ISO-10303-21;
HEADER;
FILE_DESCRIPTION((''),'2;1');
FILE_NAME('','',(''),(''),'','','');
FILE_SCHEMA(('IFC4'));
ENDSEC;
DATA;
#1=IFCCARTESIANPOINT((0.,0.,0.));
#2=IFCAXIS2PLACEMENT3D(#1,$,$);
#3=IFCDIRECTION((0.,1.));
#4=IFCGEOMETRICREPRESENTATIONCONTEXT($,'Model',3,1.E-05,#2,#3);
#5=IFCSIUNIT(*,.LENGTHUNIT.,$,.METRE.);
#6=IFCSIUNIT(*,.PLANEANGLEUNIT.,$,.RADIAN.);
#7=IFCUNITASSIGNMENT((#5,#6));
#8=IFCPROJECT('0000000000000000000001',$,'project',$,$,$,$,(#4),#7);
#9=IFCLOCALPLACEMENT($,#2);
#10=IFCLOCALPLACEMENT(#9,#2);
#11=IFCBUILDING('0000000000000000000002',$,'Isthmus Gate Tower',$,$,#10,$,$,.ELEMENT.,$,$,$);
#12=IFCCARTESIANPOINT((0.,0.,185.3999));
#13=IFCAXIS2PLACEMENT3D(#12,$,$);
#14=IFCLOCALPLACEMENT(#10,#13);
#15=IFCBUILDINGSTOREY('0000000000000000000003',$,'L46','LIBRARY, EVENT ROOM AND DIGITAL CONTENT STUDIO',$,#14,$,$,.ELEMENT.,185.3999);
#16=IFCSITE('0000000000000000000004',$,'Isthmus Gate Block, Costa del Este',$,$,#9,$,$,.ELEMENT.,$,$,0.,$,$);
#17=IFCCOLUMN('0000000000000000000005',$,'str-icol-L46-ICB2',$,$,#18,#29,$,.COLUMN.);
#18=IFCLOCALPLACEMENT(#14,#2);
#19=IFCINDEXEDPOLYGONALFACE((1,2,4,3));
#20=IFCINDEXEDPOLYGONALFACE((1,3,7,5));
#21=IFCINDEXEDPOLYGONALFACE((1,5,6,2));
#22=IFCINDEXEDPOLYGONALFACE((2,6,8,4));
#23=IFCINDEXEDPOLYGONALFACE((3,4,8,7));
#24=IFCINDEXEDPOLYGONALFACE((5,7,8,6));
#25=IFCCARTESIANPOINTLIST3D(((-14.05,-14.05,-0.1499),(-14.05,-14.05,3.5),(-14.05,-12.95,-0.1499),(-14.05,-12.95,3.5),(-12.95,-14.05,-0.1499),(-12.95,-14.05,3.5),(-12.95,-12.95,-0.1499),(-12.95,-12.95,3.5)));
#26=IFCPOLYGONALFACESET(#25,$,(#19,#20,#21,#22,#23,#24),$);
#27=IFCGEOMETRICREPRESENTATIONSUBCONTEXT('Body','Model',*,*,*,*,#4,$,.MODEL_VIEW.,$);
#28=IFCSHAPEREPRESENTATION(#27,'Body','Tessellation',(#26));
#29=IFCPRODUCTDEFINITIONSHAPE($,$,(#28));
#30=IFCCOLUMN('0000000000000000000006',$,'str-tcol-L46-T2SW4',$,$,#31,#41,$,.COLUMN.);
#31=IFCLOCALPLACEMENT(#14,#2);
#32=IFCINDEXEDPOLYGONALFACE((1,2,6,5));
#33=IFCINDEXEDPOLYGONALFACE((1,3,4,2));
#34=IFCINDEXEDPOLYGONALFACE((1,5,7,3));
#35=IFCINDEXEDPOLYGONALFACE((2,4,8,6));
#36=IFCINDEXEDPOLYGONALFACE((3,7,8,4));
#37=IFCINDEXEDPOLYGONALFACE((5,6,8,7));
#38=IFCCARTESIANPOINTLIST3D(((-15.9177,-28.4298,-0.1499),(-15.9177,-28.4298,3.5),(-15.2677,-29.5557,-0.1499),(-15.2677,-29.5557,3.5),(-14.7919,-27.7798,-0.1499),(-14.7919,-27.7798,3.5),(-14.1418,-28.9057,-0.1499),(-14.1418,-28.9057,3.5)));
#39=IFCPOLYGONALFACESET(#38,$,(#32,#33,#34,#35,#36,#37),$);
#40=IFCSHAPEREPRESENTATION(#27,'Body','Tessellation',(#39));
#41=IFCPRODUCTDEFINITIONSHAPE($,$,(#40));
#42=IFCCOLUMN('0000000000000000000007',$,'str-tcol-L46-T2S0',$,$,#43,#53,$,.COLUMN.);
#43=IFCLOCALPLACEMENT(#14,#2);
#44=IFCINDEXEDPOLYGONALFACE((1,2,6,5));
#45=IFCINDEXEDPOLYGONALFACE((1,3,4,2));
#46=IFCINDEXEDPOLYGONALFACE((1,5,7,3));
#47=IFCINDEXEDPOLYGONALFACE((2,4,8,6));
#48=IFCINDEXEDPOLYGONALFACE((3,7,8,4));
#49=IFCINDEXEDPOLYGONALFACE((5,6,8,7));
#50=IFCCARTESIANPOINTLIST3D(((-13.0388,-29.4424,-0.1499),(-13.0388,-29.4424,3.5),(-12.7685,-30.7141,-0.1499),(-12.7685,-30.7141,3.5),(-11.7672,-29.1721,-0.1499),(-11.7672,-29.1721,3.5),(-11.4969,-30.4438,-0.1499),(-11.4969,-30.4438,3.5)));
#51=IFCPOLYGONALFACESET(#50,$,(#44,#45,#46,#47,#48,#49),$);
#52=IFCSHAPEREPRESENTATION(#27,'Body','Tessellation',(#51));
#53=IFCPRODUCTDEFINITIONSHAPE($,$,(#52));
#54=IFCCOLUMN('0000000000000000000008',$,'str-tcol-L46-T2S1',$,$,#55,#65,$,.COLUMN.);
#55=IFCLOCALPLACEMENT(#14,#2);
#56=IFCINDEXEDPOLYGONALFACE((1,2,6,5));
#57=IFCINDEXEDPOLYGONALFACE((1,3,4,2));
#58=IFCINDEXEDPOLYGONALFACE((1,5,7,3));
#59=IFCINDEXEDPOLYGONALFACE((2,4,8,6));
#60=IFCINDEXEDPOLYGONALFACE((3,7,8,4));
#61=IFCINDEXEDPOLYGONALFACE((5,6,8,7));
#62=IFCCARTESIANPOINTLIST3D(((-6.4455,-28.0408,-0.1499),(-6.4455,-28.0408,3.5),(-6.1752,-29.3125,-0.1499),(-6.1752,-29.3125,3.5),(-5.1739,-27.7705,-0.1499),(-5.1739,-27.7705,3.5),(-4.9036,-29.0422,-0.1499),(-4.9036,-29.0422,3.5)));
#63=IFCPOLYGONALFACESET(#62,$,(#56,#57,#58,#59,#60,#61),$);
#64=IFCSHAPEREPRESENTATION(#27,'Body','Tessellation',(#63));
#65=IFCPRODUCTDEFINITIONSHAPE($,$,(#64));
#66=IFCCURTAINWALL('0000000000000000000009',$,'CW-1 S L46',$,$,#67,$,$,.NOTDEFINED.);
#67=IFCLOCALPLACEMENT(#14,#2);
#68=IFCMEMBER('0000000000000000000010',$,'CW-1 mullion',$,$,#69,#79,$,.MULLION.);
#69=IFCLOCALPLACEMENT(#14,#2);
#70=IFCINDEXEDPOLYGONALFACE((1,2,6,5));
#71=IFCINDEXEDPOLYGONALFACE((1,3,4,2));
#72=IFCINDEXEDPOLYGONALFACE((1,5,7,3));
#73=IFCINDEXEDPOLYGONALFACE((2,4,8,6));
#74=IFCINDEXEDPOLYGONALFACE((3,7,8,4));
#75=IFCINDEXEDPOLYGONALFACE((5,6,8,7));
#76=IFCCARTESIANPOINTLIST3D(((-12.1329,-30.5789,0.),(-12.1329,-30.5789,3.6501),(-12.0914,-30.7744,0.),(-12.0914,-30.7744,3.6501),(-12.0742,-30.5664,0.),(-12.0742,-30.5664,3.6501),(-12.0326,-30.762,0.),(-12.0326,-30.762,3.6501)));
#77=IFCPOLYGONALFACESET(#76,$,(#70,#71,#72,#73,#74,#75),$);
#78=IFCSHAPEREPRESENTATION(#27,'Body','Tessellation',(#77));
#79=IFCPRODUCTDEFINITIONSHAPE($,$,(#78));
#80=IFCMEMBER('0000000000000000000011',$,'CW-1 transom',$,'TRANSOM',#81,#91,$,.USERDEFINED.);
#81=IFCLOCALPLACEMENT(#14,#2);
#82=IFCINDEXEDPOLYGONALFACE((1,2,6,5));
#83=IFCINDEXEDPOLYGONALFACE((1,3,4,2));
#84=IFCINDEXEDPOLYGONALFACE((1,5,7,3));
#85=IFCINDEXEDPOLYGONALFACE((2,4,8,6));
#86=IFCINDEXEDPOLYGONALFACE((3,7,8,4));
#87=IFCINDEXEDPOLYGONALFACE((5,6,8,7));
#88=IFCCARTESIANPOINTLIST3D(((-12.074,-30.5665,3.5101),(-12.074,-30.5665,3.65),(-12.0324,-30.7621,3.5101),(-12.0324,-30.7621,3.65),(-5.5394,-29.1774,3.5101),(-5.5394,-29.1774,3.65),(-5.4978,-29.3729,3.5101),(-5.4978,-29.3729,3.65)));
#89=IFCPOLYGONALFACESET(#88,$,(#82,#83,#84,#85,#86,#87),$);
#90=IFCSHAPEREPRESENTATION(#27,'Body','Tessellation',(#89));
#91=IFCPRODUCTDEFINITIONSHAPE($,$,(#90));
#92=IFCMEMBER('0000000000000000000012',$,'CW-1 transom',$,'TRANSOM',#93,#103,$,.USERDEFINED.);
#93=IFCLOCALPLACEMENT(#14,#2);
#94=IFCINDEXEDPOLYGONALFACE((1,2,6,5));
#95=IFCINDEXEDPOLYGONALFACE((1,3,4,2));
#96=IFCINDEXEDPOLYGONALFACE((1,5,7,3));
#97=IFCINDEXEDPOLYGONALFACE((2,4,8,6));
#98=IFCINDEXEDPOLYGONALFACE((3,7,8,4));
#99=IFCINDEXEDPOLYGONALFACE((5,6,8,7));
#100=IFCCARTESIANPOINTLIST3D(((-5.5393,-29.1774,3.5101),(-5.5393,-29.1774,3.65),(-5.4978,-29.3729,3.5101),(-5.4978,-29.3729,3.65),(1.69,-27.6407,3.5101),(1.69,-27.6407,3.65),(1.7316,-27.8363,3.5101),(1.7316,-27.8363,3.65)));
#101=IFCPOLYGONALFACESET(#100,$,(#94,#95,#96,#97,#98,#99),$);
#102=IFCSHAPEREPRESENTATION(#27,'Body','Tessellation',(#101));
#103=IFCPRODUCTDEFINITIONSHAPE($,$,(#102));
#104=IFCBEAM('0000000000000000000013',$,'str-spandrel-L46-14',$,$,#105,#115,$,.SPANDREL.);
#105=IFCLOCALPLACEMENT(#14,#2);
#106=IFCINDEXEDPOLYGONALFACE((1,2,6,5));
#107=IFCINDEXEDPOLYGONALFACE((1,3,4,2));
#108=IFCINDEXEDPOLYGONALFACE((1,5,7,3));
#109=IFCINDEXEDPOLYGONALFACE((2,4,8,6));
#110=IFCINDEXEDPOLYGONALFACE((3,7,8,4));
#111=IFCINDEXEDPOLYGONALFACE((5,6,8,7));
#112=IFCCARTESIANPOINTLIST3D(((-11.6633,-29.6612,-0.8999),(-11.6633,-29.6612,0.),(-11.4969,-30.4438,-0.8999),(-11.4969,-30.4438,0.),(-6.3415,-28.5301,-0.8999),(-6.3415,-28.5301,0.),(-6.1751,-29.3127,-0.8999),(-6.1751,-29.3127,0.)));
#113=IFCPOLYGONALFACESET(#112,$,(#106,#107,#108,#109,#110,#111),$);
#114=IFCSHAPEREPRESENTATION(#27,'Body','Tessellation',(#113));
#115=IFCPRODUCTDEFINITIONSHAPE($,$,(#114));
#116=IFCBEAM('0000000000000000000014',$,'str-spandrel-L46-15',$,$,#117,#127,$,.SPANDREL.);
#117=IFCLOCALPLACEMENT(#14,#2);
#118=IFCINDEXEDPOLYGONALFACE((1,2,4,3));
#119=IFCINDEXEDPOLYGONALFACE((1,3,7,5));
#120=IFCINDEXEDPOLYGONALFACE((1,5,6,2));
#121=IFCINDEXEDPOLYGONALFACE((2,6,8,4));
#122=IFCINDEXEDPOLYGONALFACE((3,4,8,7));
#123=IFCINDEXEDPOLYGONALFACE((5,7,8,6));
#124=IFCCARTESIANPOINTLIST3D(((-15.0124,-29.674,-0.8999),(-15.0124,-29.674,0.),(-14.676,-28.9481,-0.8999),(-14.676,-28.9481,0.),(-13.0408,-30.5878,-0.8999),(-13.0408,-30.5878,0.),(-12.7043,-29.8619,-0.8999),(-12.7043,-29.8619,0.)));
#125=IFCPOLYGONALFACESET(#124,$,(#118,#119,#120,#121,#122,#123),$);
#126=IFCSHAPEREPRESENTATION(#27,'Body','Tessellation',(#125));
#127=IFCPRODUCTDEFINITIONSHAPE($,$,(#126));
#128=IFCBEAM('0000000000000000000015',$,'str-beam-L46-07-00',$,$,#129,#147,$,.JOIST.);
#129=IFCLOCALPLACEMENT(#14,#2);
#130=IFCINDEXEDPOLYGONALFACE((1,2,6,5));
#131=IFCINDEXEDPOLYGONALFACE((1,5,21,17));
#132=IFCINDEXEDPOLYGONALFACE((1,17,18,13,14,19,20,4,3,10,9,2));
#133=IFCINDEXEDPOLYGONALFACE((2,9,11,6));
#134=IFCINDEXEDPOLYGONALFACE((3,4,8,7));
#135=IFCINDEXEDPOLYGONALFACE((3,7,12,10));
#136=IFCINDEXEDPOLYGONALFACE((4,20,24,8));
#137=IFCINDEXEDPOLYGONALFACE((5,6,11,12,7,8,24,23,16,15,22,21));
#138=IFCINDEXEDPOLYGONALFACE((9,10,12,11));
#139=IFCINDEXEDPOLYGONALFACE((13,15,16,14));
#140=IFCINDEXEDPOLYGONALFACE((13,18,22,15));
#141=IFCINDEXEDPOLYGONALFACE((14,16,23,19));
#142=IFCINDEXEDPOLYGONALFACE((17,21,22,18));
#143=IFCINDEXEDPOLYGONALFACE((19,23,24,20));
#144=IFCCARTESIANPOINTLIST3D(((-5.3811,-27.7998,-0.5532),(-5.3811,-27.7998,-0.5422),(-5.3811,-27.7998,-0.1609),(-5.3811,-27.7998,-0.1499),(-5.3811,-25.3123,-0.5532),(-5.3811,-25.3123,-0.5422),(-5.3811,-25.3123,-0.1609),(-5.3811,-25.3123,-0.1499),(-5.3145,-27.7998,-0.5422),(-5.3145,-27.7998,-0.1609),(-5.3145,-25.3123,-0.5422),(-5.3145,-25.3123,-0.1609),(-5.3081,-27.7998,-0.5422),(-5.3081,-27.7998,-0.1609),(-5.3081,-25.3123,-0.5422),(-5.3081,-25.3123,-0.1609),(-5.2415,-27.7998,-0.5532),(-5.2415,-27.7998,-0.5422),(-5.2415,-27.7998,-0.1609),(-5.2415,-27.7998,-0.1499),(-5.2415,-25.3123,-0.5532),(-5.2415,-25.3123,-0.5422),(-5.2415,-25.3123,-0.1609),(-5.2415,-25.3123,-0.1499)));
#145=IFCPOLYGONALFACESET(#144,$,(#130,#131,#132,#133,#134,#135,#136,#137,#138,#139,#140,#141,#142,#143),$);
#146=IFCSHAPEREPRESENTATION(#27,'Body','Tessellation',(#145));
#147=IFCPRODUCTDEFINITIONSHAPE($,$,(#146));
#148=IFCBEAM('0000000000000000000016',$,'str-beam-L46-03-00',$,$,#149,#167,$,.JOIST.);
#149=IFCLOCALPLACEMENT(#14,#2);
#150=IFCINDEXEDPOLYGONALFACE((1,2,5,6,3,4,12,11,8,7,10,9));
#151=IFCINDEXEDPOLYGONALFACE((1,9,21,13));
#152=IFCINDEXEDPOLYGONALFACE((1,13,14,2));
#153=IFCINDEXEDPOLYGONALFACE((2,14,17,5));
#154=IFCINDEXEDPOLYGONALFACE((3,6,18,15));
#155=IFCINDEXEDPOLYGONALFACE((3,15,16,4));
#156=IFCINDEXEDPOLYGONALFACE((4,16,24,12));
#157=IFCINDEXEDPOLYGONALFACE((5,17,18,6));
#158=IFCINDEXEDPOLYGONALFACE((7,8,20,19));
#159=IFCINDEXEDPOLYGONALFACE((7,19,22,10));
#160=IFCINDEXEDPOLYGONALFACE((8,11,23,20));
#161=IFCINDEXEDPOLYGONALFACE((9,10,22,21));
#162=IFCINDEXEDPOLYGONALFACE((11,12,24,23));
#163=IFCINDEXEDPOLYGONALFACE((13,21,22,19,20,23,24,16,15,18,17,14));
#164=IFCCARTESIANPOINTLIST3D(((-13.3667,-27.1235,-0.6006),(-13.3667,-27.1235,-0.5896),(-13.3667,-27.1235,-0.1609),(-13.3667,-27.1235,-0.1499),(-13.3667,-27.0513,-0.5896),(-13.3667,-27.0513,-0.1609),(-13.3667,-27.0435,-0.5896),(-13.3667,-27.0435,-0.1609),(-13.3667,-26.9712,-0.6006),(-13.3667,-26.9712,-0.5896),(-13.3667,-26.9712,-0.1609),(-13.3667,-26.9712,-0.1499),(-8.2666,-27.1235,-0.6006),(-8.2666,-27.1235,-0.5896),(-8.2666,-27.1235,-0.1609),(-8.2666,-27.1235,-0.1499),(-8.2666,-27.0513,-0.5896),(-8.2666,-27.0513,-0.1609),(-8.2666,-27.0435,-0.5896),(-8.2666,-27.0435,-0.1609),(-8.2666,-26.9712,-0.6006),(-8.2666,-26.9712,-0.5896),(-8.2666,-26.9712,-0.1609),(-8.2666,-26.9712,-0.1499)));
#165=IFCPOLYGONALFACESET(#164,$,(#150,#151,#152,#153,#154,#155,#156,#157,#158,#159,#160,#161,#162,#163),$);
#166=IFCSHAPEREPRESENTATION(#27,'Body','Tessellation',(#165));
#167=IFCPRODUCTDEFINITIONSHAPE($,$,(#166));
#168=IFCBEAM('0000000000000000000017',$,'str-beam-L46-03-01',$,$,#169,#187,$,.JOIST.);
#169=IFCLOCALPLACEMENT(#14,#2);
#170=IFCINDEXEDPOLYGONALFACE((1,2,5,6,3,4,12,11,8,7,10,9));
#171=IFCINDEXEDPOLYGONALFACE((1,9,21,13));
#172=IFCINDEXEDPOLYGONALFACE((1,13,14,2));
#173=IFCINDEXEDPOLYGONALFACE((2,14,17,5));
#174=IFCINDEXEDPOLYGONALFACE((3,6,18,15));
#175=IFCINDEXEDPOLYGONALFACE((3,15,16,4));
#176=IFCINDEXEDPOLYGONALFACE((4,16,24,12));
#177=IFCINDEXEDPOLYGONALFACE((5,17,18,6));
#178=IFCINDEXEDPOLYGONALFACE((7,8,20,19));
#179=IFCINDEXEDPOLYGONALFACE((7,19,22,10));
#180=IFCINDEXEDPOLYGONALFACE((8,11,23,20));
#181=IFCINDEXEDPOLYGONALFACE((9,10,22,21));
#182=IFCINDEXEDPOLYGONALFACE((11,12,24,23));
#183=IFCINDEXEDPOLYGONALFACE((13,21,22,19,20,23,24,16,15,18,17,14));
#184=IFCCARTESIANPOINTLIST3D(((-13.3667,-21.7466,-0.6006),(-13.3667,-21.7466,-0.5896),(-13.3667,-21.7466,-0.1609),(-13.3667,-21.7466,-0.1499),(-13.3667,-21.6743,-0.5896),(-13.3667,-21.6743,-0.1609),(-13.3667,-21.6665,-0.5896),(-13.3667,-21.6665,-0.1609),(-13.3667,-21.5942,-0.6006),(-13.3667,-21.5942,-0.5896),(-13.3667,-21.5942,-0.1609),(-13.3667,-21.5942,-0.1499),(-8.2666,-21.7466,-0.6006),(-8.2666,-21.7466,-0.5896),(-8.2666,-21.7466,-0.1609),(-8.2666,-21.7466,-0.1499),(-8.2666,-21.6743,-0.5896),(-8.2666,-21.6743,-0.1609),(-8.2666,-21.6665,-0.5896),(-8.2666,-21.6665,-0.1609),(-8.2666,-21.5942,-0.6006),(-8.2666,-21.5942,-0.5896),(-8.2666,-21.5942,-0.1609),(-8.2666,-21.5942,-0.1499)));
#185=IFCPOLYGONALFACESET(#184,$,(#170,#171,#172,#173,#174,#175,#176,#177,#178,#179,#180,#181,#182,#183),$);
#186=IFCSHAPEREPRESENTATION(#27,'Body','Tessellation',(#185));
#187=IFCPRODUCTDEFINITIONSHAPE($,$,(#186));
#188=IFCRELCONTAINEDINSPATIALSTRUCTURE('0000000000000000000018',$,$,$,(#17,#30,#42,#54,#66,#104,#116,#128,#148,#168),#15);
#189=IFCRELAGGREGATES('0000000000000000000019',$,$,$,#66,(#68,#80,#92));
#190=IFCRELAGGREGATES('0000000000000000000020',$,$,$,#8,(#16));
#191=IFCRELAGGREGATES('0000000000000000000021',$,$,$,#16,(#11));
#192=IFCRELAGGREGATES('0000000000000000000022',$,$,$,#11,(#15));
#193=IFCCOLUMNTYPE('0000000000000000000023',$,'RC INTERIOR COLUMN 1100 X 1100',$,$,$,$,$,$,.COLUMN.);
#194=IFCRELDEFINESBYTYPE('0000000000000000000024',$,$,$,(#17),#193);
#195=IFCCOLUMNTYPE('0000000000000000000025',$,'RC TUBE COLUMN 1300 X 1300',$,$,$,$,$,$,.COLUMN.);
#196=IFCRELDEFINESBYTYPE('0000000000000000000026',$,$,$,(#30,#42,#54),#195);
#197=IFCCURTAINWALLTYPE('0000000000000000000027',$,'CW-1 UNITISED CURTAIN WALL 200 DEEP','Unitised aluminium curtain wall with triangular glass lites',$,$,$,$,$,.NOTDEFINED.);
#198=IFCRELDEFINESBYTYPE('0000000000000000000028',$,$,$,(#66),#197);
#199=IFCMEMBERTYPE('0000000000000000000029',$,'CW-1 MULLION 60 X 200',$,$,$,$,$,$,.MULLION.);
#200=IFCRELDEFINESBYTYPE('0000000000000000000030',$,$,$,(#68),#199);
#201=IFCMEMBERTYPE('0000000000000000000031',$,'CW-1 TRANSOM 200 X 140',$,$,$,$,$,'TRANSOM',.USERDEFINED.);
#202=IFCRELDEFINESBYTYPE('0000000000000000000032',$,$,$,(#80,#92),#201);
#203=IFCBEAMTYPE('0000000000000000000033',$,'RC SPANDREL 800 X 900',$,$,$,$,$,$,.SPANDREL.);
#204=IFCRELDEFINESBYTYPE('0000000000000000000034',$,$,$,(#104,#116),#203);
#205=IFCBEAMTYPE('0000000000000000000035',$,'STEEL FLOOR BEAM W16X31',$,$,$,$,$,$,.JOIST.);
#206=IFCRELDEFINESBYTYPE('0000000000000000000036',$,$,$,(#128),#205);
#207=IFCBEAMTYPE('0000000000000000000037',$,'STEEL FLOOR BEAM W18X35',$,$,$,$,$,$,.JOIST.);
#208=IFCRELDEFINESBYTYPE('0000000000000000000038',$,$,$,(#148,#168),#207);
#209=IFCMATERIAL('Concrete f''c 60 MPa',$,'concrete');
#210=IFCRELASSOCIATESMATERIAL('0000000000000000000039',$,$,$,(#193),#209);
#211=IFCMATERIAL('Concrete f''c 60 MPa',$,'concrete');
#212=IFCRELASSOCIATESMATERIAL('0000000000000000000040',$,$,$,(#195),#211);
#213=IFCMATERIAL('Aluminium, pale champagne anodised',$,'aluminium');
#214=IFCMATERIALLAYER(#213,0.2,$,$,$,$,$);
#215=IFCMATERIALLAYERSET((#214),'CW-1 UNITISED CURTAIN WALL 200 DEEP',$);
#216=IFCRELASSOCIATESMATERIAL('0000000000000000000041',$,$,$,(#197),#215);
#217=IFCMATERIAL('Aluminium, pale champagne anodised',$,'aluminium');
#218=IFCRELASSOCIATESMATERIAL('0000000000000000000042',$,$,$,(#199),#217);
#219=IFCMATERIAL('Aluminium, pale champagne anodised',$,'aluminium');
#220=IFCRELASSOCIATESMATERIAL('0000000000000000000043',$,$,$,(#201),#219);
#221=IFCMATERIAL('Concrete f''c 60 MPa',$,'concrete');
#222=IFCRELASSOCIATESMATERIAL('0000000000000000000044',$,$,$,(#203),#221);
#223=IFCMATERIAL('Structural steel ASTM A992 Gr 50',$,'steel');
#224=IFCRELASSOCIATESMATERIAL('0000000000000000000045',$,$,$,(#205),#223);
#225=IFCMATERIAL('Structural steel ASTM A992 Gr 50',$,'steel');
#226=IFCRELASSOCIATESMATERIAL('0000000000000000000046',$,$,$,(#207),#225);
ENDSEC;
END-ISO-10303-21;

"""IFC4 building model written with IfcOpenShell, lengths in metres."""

from ifc_helpers import new_model, si_unit, direction, frame, origin, origin_2d, place, context, subcontext, project, spatial, rectangle, i_section, extrude, material, layer, layer_set, material_profile, profile_set, type_object, element, aggregate, save


model = new_model("IFC4")

# Units and contexts
model_context = context("Model", 3, precision=1e-05, world=origin(), true_north=direction((0.0, 1.0)))
body_context = subcontext(model_context, "Body", "Model", "MODEL_VIEW")
ifc_project = project(units=[si_unit("LENGTHUNIT", "METRE"), si_unit("PLANEANGLEUNIT", "RADIAN")], contexts=[model_context])

# Site, building, storey
site_placement = place(None, origin())
site = spatial("IfcSite", under=ifc_project, at=site_placement, Name="Isthmus Gate Block, Costa del Este", CompositionType="ELEMENT", RefElevation=0.0)
building_placement = place(site_placement, origin())
building = spatial("IfcBuilding", under=site, at=building_placement, Name="Isthmus Gate Tower", CompositionType="ELEMENT")
storey_placement = place(building_placement, frame((0.0, 0.0, 185.3999)))
storey = spatial("IfcBuildingStorey", under=building, at=storey_placement, Name="L46", Description="LIBRARY, EVENT ROOM AND DIGITAL CONTENT STUDIO", CompositionType="ELEMENT", Elevation=185.3999)

# Columns
ifc_material_1 = material(Name="Concrete f'c 60 MPa", Category="concrete")
ifc_material_profile_1 = material_profile(ifc_material_1, rectangle(XDim=1.1001, YDim=1.1001, at=origin_2d()), Name="RC 1100X1100")
ifc_profile_set_1 = profile_set([ifc_material_profile_1], Name="Concrete f'c 60 MPa")
column_type_1 = type_object("IfcColumnType", Name="RC INTERIOR COLUMN 1100 X 1100", PredefinedType="COLUMN", material=ifc_profile_set_1)
column_placement = place(storey_placement, frame((-13.5, -13.5, -0.1499), z_axis=(0.0, 0.0, 1.0), x_axis=(1.0, 0.0, 0.0)))
element("IfcColumn", 1, at=column_placement, inside=storey, type_object=column_type_1, Name="str-icol-L46-ICB2", PredefinedType="COLUMN", context=body_context, shape_type="SweptSolid", body=[
    extrude(rectangle(XDim=1.1001, YDim=1.1001, at=origin_2d()), origin(), (0.0, 0.0, 1.0), 3.6499),
])
ifc_material_2 = material(Name="Concrete f'c 60 MPa", Category="concrete")
ifc_material_profile_2 = material_profile(ifc_material_2, rectangle(XDim=1.3, YDim=1.3, at=origin_2d()), Name="RC 1300X1300")
ifc_profile_set_2 = profile_set([ifc_material_profile_2], Name="Concrete f'c 60 MPa")
column_type_2 = type_object("IfcColumnType", Name="RC TUBE COLUMN 1300 X 1300", PredefinedType="COLUMN", material=ifc_profile_set_2)
for number, where, z_axis, x_axis, name in (
    (2, (-15.0298, -28.6677, -0.1499), (0.0, 0.0, 1.0), (0.5, -0.866025, 0.0), "str-tcol-L46-T2SW4"),
    (3, (-12.2678, -29.9431, -0.1499), (0.0, 0.0, 1.0), (0.978148, 0.207912, 0.0), "str-tcol-L46-T2S0"),
    (4, (-5.6746, -28.5415, -0.1499), (0.0, 0.0, 1.0), (0.978148, 0.207912, 0.0), "str-tcol-L46-T2S1"),
):
    element("IfcColumn", number, at=place(storey_placement, frame(where, z_axis=z_axis, x_axis=x_axis)), inside=storey, type_object=column_type_2, Name=name, PredefinedType="COLUMN", context=body_context, shape_type="SweptSolid", body=[
        extrude(rectangle(XDim=1.3, YDim=1.3, at=origin_2d()), origin(), (0.0, 0.0, 1.0), 3.6499),
    ])

# Curtain wall, members
ifc_material_3 = material(Name="Aluminium, pale champagne anodised", Category="aluminium")
ifc_layer_1 = layer(ifc_material_3, 0.2)
ifc_layer_set_1 = layer_set([ifc_layer_1], Name="CW-1 UNITISED CURTAIN WALL 200 DEEP")
curtain_wall_type = type_object("IfcCurtainWallType", Name="CW-1 UNITISED CURTAIN WALL 200 DEEP", Description="Unitised aluminium curtain wall with triangular glass lites", PredefinedType="NOTDEFINED", material=ifc_layer_set_1)
curtain_wall_1_placement = place(storey_placement, origin())
curtain_wall_1 = element("IfcCurtainWall", 5, at=curtain_wall_1_placement, inside=storey, type_object=curtain_wall_type, Name="CW-1 S L46", PredefinedType="NOTDEFINED")
ifc_material_4 = material(Name="Aluminium, pale champagne anodised", Category="aluminium")
ifc_material_profile_3 = material_profile(ifc_material_4, rectangle(XDim=0.0601, YDim=0.2, at=origin_2d()), Name="60x200")
ifc_profile_set_3 = profile_set([ifc_material_profile_3], Name="Aluminium, pale champagne anodised")
member_type_1 = type_object("IfcMemberType", Name="CW-1 MULLION 60 X 200", PredefinedType="MULLION", material=ifc_profile_set_3)
member_1_placement = place(storey_placement, frame((-12.0828, -30.6704, 0.0), z_axis=(0.0, 0.0, 1.0), x_axis=(0.978148, 0.207912, 0.0)))
member_1 = element("IfcMember", 6, at=member_1_placement, type_object=member_type_1, Name="CW-1 mullion", PredefinedType="MULLION", context=body_context, shape_type="SweptSolid", body=[
    extrude(rectangle(XDim=0.0601, YDim=0.2, at=origin_2d()), origin(), (0.0, 0.0, 1.0), 3.6501),
])
ifc_material_5 = material(Name="Aluminium, pale champagne anodised", Category="aluminium")
ifc_material_profile_4 = material_profile(ifc_material_5, rectangle(XDim=0.2, YDim=0.1399, at=origin_2d()), Name="200x140")
ifc_profile_set_4 = profile_set([ifc_material_profile_4], Name="Aluminium, pale champagne anodised")
member_type_2 = type_object("IfcMemberType", Name="CW-1 TRANSOM 200 X 140", ElementType="TRANSOM", PredefinedType="USERDEFINED", material=ifc_profile_set_4)
member_2_placement = place(storey_placement, frame((-12.0532, -30.6643, 3.5801), z_axis=(0.978142, 0.207937, 0.0), x_axis=(-0.207937, 0.978142, 0.0)))
member_2 = element("IfcMember", 7, at=member_2_placement, type_object=member_type_2, Name="CW-1 transom", ObjectType="TRANSOM", PredefinedType="USERDEFINED", context=body_context, shape_type="SweptSolid", body=[
    extrude(rectangle(XDim=0.2, YDim=0.1399, at=origin_2d()), origin(), (0.0, 0.0, 1.0), 6.6807),
])
member_3_placement = place(storey_placement, frame((-5.5186, -29.2751, 3.5801), z_axis=(0.978148, 0.207911, 0.0), x_axis=(-0.207911, 0.978148, 0.0)))
member_3 = element("IfcMember", 8, at=member_3_placement, type_object=member_type_2, Name="CW-1 transom", ObjectType="TRANSOM", PredefinedType="USERDEFINED", context=body_context, shape_type="SweptSolid", body=[
    extrude(rectangle(XDim=0.2, YDim=0.1399, at=origin_2d()), origin(), (0.0, 0.0, 1.0), 7.3909),
])

# Beams
ifc_material_6 = material(Name="Concrete f'c 60 MPa", Category="concrete")
ifc_material_profile_5 = material_profile(ifc_material_6, rectangle(XDim=0.8, YDim=0.8999, at=origin_2d()), Name="RC 800X900")
ifc_profile_set_5 = profile_set([ifc_material_profile_5], Name="Concrete f'c 60 MPa")
beam_type_1 = type_object("IfcBeamType", Name="RC SPANDREL 800 X 900", PredefinedType="SPANDREL", material=ifc_profile_set_5)
beam_1_placement = place(storey_placement, frame((-6.2583, -28.9214, -0.45), z_axis=(-0.97815, -0.207898, 0.0), x_axis=(0.207898, -0.97815, 0.0)))
element("IfcBeam", 9, at=beam_1_placement, inside=storey, type_object=beam_type_1, Name="str-spandrel-L46-14", PredefinedType="SPANDREL", context=body_context, shape_type="SweptSolid", body=[
    extrude(rectangle(XDim=0.8, YDim=0.8999, at=origin_2d()), origin(), (0.0, 0.0, 1.0), 5.4407),
])
beam_2_placement = place(storey_placement, frame((-12.8726, -30.2249, -0.45), z_axis=(-0.907291, 0.420504, 0.0), x_axis=(-0.420504, -0.907291, 0.0)))
element("IfcBeam", 10, at=beam_2_placement, inside=storey, type_object=beam_type_1, Name="str-spandrel-L46-15", PredefinedType="SPANDREL", context=body_context, shape_type="SweptSolid", body=[
    extrude(rectangle(XDim=0.8, YDim=0.8999, at=origin_2d()), origin(), (0.0, 0.0, 1.0), 2.1731),
])
ifc_material_7 = material(Name="Structural steel ASTM A992 Gr 50", Category="steel")
ifc_material_profile_6 = material_profile(ifc_material_7, i_section(OverallWidth=0.1396, OverallDepth=0.4033, WebThickness=0.0063, FlangeThickness=0.011, at=origin_2d()), Name="W16X31")
ifc_profile_set_6 = profile_set([ifc_material_profile_6], Name="Structural steel ASTM A992 Gr 50")
beam_type_2 = type_object("IfcBeamType", Name="STEEL FLOOR BEAM W16X31", PredefinedType="JOIST", material=ifc_profile_set_6)
beam_3_placement = place(storey_placement, frame((-5.3113, -27.7998, -0.3516), z_axis=(0.0, 1.0, 0.0), x_axis=(-1.0, 0.0, 0.0)))
element("IfcBeam", 11, at=beam_3_placement, inside=storey, type_object=beam_type_2, Name="str-beam-L46-07-00", PredefinedType="JOIST", context=body_context, shape_type="SweptSolid", body=[
    extrude(i_section(OverallWidth=0.1396, OverallDepth=0.4033, WebThickness=0.0063, FlangeThickness=0.011, at=origin_2d()), origin(), (0.0, 0.0, 1.0), 2.4875),
])
ifc_material_8 = material(Name="Structural steel ASTM A992 Gr 50", Category="steel")
ifc_material_profile_7 = material_profile(ifc_material_8, i_section(OverallWidth=0.1523, OverallDepth=0.4507, WebThickness=0.0078, FlangeThickness=0.011, at=origin_2d()), Name="W18X35")
ifc_profile_set_7 = profile_set([ifc_material_profile_7], Name="Structural steel ASTM A992 Gr 50")
beam_type_3 = type_object("IfcBeamType", Name="STEEL FLOOR BEAM W18X35", PredefinedType="JOIST", material=ifc_profile_set_7)
for number, where, z_axis, x_axis, name in (
    (12, (-13.3667, -27.0474, -0.3752), (1.0, 0.0, 0.0), (0.0, 1.0, 0.0), "str-beam-L46-03-00"),
    (13, (-13.3667, -21.6704, -0.3752), (1.0, 0.0, 0.0), (0.0, 1.0, 0.0), "str-beam-L46-03-01"),
):
    element("IfcBeam", number, at=place(storey_placement, frame(where, z_axis=z_axis, x_axis=x_axis)), inside=storey, type_object=beam_type_3, Name=name, PredefinedType="JOIST", context=body_context, shape_type="SweptSolid", body=[
        extrude(i_section(OverallWidth=0.1523, OverallDepth=0.4507, WebThickness=0.0078, FlangeThickness=0.011, at=origin_2d()), origin(), (0.0, 0.0, 1.0), 5.1001),
    ])

aggregate(curtain_wall_1, [member_1, member_2, member_3])

save(model, "model.ifc")
